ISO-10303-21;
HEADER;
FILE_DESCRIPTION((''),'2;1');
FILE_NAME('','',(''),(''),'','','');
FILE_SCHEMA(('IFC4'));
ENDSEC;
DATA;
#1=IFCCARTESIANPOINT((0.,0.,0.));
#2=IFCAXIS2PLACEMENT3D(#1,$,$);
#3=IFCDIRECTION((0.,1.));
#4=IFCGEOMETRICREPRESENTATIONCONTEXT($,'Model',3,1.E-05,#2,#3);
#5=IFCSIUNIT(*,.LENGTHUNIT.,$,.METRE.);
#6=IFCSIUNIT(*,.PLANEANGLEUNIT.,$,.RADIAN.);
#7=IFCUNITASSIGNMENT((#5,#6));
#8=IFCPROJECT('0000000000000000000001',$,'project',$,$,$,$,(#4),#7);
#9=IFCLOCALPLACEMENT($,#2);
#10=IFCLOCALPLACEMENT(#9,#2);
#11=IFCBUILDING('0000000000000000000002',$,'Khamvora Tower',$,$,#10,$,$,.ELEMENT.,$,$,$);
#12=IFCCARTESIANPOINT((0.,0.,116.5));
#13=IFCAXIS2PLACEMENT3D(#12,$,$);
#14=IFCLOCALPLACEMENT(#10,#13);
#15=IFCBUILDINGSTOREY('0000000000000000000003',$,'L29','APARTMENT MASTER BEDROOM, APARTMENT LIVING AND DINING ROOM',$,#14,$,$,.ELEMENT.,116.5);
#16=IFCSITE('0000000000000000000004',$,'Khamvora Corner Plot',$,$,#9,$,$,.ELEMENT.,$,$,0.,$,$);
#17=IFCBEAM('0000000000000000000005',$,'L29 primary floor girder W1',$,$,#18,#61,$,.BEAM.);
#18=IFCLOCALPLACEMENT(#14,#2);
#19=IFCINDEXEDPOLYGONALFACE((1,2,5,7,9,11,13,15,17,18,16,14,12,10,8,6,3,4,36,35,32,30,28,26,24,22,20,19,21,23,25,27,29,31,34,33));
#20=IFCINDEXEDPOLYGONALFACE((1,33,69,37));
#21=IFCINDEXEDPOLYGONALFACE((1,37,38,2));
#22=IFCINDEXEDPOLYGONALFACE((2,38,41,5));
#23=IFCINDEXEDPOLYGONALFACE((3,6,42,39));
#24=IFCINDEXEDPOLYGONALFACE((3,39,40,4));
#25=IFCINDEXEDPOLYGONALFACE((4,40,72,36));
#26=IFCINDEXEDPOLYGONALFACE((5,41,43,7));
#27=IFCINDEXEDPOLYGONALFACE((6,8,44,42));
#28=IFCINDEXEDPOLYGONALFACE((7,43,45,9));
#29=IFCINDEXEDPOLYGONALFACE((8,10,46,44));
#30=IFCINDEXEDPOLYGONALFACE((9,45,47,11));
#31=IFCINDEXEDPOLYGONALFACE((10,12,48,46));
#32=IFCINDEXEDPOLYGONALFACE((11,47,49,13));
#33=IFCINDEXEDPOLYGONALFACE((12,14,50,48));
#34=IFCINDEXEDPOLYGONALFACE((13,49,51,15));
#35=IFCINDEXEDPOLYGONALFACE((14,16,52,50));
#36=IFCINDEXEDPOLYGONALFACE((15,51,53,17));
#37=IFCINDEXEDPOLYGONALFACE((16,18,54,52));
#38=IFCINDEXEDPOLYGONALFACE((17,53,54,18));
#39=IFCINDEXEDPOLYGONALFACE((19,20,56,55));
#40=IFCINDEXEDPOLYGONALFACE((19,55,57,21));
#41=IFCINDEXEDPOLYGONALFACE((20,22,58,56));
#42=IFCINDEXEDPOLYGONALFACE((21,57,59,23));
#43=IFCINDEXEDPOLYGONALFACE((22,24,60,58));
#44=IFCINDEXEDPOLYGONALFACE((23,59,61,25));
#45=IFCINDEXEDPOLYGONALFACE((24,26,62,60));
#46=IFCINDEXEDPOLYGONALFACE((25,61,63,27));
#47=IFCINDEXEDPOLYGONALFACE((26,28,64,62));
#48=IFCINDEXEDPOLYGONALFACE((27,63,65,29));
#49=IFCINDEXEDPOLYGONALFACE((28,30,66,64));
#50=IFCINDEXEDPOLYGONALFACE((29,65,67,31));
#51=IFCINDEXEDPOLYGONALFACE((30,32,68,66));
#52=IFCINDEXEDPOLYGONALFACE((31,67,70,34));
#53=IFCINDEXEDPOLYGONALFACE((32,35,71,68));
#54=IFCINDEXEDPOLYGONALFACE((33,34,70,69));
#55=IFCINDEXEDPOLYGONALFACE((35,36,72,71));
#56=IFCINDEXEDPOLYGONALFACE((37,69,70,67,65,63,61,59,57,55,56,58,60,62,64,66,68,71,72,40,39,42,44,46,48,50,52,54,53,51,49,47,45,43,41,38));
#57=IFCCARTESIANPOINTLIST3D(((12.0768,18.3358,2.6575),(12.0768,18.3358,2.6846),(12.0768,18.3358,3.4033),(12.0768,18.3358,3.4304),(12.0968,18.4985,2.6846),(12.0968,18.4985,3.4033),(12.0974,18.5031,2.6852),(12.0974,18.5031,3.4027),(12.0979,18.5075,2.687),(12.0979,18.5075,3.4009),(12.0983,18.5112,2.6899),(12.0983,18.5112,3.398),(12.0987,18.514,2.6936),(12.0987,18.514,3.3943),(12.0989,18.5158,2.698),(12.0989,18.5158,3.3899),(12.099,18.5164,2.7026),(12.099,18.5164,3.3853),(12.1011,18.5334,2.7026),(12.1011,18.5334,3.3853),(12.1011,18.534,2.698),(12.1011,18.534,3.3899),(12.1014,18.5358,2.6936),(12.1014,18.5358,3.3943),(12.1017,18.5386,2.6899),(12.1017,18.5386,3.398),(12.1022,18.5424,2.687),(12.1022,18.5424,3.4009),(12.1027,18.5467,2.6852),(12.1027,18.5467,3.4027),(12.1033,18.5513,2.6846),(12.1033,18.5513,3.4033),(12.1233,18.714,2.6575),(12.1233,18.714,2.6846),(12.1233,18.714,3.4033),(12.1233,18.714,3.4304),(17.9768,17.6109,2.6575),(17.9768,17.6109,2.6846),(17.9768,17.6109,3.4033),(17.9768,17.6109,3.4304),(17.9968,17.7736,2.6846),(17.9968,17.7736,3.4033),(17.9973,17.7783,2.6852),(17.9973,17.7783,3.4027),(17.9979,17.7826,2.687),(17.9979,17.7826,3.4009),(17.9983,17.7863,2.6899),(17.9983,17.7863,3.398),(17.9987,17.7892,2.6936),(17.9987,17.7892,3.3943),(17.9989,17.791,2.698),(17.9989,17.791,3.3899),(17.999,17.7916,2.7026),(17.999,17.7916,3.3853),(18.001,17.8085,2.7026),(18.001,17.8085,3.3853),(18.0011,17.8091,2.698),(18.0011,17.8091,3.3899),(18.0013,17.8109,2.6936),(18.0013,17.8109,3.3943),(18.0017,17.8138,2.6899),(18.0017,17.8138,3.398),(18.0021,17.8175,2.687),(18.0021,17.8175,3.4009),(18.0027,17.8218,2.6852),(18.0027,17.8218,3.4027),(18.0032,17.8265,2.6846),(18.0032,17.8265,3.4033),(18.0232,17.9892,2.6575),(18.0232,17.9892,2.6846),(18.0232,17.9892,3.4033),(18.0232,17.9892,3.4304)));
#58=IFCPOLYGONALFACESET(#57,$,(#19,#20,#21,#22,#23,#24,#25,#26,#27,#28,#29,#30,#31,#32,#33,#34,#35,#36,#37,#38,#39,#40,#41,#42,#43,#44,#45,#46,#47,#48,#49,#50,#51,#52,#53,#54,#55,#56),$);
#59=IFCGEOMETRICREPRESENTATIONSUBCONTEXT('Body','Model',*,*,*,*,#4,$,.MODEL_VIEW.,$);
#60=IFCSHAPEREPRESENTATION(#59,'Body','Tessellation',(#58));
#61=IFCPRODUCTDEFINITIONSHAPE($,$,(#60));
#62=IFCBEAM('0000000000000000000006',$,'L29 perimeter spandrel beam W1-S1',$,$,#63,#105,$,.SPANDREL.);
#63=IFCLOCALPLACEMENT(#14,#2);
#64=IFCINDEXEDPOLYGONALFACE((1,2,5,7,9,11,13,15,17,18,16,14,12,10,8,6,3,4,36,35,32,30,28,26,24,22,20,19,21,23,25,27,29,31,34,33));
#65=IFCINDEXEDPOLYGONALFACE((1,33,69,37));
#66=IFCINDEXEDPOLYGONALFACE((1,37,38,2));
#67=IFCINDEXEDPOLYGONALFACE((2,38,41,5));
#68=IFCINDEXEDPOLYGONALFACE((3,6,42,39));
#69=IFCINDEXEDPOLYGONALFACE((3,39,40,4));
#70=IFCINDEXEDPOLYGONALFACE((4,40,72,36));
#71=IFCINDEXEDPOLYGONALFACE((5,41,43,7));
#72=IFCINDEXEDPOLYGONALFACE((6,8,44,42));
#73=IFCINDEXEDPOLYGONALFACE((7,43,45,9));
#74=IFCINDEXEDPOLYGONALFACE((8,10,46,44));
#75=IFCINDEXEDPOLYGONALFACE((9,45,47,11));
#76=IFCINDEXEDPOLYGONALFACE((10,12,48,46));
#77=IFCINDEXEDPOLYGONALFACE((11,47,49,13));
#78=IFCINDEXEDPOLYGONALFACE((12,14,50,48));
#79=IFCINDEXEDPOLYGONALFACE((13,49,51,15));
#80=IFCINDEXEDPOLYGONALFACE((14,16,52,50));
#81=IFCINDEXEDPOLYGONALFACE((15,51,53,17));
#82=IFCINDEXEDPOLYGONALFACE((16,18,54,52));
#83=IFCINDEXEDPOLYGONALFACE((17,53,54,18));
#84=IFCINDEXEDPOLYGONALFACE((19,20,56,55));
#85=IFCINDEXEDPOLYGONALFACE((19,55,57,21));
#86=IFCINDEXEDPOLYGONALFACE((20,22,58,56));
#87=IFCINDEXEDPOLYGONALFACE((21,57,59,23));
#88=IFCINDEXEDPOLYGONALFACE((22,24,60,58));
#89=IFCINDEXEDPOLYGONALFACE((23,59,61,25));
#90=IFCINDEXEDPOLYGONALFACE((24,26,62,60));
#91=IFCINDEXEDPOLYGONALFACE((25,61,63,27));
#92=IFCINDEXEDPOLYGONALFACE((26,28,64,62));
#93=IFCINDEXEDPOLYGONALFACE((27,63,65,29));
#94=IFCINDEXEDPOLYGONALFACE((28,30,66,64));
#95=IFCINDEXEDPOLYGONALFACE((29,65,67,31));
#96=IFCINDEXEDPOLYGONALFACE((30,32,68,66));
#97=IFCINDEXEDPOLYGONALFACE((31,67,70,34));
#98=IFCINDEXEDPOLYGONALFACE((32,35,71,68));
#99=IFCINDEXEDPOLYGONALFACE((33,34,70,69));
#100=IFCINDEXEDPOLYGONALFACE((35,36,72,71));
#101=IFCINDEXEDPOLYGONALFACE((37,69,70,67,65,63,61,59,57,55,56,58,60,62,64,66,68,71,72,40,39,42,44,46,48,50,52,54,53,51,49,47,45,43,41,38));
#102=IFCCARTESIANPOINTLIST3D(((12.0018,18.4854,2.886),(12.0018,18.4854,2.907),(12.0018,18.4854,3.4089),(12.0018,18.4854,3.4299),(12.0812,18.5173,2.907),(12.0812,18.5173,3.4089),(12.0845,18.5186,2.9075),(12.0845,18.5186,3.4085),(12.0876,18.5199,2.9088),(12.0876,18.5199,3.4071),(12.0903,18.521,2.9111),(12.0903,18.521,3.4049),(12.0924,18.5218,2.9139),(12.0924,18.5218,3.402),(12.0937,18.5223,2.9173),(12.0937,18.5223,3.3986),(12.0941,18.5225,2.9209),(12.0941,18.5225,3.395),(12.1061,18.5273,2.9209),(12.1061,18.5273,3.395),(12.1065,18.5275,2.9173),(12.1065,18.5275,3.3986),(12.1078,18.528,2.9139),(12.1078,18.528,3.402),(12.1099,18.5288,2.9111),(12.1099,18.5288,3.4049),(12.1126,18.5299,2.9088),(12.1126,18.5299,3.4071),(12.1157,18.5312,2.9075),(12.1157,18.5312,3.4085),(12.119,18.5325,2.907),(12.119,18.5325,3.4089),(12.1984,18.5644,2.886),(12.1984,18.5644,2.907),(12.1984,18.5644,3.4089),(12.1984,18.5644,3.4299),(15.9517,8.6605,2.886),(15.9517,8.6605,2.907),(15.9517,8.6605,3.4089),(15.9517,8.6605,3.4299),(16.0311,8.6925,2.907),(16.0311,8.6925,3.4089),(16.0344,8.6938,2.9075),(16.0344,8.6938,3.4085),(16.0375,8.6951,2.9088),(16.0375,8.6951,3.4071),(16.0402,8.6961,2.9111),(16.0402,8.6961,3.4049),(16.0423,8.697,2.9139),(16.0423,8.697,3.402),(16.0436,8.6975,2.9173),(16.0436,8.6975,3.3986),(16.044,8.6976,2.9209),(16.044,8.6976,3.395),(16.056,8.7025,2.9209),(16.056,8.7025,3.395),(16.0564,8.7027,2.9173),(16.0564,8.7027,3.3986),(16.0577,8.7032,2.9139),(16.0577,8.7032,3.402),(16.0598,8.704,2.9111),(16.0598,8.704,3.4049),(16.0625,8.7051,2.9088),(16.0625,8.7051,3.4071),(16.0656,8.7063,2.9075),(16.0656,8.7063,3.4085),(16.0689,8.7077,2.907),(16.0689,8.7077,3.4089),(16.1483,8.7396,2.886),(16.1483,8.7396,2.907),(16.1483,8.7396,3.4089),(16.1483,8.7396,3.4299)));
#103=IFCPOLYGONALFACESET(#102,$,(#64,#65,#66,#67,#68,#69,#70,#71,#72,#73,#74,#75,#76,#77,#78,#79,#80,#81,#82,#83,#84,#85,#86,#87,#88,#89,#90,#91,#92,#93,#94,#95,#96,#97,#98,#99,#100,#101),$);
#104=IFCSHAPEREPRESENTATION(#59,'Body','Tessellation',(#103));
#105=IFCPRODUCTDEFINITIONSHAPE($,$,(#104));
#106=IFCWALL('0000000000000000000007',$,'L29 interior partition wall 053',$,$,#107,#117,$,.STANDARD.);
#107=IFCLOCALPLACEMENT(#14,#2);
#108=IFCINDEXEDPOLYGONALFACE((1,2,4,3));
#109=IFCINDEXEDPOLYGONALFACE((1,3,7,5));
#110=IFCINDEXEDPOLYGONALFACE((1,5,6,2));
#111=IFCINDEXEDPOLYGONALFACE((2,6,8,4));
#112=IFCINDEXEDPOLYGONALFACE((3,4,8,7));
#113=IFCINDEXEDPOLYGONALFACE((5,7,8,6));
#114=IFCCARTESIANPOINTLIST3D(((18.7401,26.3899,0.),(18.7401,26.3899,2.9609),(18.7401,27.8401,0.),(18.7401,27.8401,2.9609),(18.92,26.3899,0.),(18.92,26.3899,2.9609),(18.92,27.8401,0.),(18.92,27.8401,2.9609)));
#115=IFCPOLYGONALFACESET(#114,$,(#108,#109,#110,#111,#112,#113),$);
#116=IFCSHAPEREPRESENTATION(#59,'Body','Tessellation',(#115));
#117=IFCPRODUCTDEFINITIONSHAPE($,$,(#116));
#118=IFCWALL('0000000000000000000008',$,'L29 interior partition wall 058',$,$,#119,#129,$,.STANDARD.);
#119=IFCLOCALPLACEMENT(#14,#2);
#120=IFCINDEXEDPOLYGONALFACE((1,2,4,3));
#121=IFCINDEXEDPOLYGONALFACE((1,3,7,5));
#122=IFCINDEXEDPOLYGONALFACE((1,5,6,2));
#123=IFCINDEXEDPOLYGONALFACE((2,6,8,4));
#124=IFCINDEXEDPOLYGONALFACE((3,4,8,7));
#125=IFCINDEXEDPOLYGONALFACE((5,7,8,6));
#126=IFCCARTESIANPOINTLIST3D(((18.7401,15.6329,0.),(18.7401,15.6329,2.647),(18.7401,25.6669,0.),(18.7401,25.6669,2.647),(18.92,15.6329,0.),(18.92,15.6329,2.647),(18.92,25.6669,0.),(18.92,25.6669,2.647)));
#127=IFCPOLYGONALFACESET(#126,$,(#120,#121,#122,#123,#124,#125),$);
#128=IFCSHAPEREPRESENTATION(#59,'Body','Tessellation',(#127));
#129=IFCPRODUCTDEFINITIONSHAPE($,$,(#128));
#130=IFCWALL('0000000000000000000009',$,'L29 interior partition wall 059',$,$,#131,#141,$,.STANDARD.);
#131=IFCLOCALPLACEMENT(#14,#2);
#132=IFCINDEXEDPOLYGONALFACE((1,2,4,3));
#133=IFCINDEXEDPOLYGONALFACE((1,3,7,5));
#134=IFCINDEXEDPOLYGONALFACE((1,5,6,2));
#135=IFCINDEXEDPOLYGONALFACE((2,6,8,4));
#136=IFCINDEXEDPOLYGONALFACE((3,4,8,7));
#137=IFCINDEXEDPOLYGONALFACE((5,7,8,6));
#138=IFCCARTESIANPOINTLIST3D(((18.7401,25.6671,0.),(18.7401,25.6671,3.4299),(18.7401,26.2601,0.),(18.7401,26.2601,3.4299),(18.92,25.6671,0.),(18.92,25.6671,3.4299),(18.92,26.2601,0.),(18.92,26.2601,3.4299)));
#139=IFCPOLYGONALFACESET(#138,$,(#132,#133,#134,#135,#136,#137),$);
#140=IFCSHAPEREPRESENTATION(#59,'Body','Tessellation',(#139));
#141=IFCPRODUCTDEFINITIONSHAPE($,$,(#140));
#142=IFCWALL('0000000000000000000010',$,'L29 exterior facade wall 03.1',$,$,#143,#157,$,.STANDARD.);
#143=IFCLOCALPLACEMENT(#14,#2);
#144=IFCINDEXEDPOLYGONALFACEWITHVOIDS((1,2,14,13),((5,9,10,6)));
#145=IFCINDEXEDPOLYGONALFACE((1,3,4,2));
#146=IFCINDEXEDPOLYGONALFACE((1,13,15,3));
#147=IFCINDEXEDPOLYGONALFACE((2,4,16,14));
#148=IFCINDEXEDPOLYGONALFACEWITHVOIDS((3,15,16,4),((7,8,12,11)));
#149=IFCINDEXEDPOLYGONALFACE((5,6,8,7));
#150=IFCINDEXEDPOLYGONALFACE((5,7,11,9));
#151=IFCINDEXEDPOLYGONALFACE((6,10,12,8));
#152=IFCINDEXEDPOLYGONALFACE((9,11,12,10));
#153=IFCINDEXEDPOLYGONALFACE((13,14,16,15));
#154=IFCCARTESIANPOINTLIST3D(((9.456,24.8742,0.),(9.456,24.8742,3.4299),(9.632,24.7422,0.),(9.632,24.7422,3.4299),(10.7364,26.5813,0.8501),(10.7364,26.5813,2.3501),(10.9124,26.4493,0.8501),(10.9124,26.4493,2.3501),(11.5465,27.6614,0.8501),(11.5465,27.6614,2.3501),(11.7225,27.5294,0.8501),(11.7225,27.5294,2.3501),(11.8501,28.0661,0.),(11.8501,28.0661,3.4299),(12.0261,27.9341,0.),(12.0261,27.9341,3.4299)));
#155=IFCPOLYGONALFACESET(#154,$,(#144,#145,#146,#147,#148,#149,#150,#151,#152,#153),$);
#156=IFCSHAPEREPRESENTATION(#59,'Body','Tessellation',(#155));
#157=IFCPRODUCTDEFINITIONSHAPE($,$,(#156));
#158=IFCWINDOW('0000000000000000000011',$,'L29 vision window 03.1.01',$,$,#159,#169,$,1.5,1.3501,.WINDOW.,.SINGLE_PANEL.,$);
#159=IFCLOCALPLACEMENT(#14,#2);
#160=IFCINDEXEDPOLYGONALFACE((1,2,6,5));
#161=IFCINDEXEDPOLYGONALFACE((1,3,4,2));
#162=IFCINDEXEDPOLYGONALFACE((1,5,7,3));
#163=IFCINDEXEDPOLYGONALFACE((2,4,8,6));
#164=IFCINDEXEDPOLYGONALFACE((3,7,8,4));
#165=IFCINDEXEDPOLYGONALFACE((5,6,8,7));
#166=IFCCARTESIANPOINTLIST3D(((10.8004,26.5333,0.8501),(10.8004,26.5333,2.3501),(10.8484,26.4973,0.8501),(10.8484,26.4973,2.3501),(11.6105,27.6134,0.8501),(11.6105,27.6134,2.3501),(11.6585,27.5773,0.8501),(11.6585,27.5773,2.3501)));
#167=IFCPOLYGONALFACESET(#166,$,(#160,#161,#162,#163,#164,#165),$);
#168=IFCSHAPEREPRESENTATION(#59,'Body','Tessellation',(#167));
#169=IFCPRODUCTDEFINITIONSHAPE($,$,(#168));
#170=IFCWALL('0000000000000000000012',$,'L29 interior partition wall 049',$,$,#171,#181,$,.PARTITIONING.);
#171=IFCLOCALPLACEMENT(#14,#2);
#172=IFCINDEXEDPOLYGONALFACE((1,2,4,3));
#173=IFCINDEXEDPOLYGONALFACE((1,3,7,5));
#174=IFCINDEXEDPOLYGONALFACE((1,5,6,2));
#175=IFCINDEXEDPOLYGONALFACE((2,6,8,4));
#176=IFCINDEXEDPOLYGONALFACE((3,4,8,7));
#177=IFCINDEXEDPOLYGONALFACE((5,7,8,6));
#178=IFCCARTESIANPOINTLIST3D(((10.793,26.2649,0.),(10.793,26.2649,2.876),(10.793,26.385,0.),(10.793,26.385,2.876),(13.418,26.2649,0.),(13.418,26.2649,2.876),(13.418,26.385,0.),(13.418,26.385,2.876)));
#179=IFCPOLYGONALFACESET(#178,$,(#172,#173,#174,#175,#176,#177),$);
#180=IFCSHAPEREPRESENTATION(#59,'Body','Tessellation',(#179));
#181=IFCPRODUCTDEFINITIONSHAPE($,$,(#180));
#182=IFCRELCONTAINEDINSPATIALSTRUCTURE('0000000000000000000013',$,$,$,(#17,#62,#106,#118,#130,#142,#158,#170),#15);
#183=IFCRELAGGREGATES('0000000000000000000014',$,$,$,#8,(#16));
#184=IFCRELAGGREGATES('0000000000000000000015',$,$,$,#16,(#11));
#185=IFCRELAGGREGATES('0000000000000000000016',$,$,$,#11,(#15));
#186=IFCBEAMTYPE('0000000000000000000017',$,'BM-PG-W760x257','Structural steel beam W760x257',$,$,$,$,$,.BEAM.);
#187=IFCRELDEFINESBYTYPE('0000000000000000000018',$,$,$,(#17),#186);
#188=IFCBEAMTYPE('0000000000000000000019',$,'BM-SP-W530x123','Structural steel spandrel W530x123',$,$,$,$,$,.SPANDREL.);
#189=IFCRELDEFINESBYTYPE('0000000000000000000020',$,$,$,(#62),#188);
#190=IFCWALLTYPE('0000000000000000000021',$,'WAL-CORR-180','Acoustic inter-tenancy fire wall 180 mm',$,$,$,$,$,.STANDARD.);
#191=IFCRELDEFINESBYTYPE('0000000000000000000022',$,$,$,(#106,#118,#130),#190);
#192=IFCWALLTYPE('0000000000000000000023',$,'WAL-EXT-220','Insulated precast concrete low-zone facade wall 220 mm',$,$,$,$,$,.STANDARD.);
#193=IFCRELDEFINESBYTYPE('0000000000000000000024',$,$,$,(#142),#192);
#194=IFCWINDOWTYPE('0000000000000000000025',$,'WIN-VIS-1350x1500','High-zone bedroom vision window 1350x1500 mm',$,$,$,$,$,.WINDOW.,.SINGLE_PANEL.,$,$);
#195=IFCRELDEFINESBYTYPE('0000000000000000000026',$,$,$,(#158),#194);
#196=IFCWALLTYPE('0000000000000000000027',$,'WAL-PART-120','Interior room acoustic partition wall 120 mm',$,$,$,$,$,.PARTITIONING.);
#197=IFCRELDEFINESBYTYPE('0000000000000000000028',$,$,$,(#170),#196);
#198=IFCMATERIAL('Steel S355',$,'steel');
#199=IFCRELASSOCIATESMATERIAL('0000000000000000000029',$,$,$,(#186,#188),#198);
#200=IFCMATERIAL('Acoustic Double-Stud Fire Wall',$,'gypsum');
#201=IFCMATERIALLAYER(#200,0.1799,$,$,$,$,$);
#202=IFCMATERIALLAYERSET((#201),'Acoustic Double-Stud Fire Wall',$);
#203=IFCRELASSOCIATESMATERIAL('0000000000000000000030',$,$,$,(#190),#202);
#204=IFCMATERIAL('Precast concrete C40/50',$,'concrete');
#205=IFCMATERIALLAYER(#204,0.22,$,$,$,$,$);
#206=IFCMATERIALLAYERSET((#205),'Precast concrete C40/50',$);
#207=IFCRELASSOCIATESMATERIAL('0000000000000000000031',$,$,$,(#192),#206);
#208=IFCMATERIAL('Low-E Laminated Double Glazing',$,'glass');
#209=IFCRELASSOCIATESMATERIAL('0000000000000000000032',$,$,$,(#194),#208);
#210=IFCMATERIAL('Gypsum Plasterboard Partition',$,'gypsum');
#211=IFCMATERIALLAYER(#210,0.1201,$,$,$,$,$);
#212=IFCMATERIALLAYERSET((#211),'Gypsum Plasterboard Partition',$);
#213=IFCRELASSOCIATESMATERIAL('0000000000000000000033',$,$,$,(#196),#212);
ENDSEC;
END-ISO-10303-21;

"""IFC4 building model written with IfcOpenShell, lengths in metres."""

from ifc_helpers import new_model, si_unit, direction, frame, frame_2d, origin, origin_2d, place, context, subcontext, project, spatial, rectangle, i_section, extrude, material, layer, layer_set, material_profile, profile_set, type_object, element, fill, save


model = new_model("IFC4")

# Units and contexts
model_context = context("Model", 3, precision=1e-05, world=origin(), true_north=direction((0.0, 1.0)))
body_context = subcontext(model_context, "Body", "Model", "MODEL_VIEW")
ifc_project = project(units=[si_unit("LENGTHUNIT", "METRE"), si_unit("PLANEANGLEUNIT", "RADIAN")], contexts=[model_context])

# Site, building, storey
site_placement = place(None, origin())
site = spatial("IfcSite", under=ifc_project, at=site_placement, Name="Khamvora Corner Plot", CompositionType="ELEMENT", RefElevation=0.0)
building_placement = place(site_placement, origin())
building = spatial("IfcBuilding", under=site, at=building_placement, Name="Khamvora Tower", CompositionType="ELEMENT")
storey_placement = place(building_placement, frame((0.0, 0.0, 116.5)))
storey = spatial("IfcBuildingStorey", under=building, at=storey_placement, Name="L29", Description="APARTMENT MASTER BEDROOM, APARTMENT LIVING AND DINING ROOM", CompositionType="ELEMENT", Elevation=116.5)

# Shared definitions
ifc_material_1 = material(Name="Steel S355", Category="steel")

# Beams
ifc_material_profile_1 = material_profile(ifc_material_1, i_section(OverallWidth=0.3811, OverallDepth=0.7729, WebThickness=0.0171, FlangeThickness=0.0271, FilletRadius=0.0181, at=origin_2d()), Name="W760x257")
ifc_profile_set_1 = profile_set([ifc_material_profile_1], Name="Steel S355")
beam_type_1 = type_object("IfcBeamType", Name="BM-PG-W760x257", Description="Structural steel beam W760x257", PredefinedType="BEAM", material=ifc_profile_set_1)
beam_1_placement = place(storey_placement, frame((18.0, 17.8, 3.0439), z_axis=(-0.992537, 0.121942, 0.0), x_axis=(-0.121942, -0.992537, 0.0)))
element("IfcBeam", 1, at=beam_1_placement, inside=storey, type_object=beam_type_1, Name="L29 primary floor girder W1", PredefinedType="BEAM", context=body_context, shape_type="SweptSolid", body=[
    extrude(i_section(OverallWidth=0.3811, OverallDepth=0.7729, WebThickness=0.0171, FlangeThickness=0.0271, FilletRadius=0.0181, at=origin_2d()), origin(), (0.0, 0.0, 1.0), 5.9443),
])
ifc_material_profile_2 = material_profile(ifc_material_1, i_section(OverallWidth=0.2119, OverallDepth=0.5439, WebThickness=0.0129, FlangeThickness=0.021, FilletRadius=0.0139, at=origin_2d()), Name="W530x123")
ifc_profile_set_2 = profile_set([ifc_material_profile_2], Name="Steel S355")
beam_type_2 = type_object("IfcBeamType", Name="BM-SP-W530x123", Description="Structural steel spandrel W530x123", PredefinedType="SPANDREL", material=ifc_profile_set_2)
beam_2_placement = place(storey_placement, frame((12.1001, 18.5249, 3.158), z_axis=(0.373016, -0.927825, 0.0), x_axis=(0.927825, 0.373016, 0.0)))
element("IfcBeam", 2, at=beam_2_placement, inside=storey, type_object=beam_type_2, Name="L29 perimeter spandrel beam W1-S1", PredefinedType="SPANDREL", context=body_context, shape_type="SweptSolid", body=[
    extrude(i_section(OverallWidth=0.2119, OverallDepth=0.5439, WebThickness=0.0129, FlangeThickness=0.021, FilletRadius=0.0139, at=origin_2d()), origin(), (0.0, 0.0, 1.0), 10.5891),
])

# Walls
ifc_material_2 = material(Name="Acoustic Double-Stud Fire Wall", Category="gypsum")
ifc_layer_1 = layer(ifc_material_2, 0.1799)
ifc_layer_set_1 = layer_set([ifc_layer_1], Name="Acoustic Double-Stud Fire Wall")
wall_type_1 = type_object("IfcWallType", Name="WAL-CORR-180", Description="Acoustic inter-tenancy fire wall 180 mm", PredefinedType="STANDARD", material=ifc_layer_set_1)
wall_1_placement = place(storey_placement, frame((18.8301, 27.8401, 0.0), z_axis=(0.0, 0.0, 1.0), x_axis=(0.0, -1.0, 0.0)))
element("IfcWall", 3, at=wall_1_placement, inside=storey, type_object=wall_type_1, Name="L29 interior partition wall 053", PredefinedType="STANDARD", context=body_context, shape_type="SweptSolid", body=[
    extrude(rectangle(XDim=1.4502, YDim=0.1799, at=frame_2d((0.7251, 0.0))), origin(), (0.0, 0.0, 1.0), 2.9609),
])
wall_2_placement = place(storey_placement, frame((18.8301, 25.667, 0.0), z_axis=(0.0, 0.0, 1.0), x_axis=(0.0, -1.0, 0.0)))
element("IfcWall", 4, at=wall_2_placement, inside=storey, type_object=wall_type_1, Name="L29 interior partition wall 058", PredefinedType="STANDARD", context=body_context, shape_type="SweptSolid", body=[
    extrude(rectangle(XDim=10.0339, YDim=0.1799, at=frame_2d((5.0171, 0.0))), origin(), (0.0, 0.0, 1.0), 2.647),
])
wall_3_placement = place(storey_placement, frame((18.8301, 26.26, 0.0), z_axis=(0.0, 0.0, 1.0), x_axis=(0.0, -1.0, 0.0)))
element("IfcWall", 5, at=wall_3_placement, inside=storey, type_object=wall_type_1, Name="L29 interior partition wall 059", PredefinedType="STANDARD", context=body_context, shape_type="SweptSolid", body=[
    extrude(rectangle(XDim=0.593, YDim=0.1799, at=frame_2d((0.2964, 0.0))), origin(), (0.0, 0.0, 1.0), 3.4299),
])

# Wall, opening, window
ifc_material_3 = material(Name="Precast concrete C40/50", Category="concrete")
ifc_layer_2 = layer(ifc_material_3, 0.22)
ifc_layer_set_2 = layer_set([ifc_layer_2], Name="Precast concrete C40/50")
wall_type_2 = type_object("IfcWallType", Name="WAL-EXT-220", Description="Insulated precast concrete low-zone facade wall 220 mm", PredefinedType="STANDARD", material=ifc_layer_set_2)
wall_4_placement = place(storey_placement, frame((9.5439, 24.8081, 0.0), z_axis=(0.0, 0.0, 1.0), x_axis=(0.60002, 0.799985, 0.0)))
wall_4 = element("IfcWall", 6, at=wall_4_placement, inside=storey, type_object=wall_type_2, Name="L29 exterior facade wall 03.1", PredefinedType="STANDARD", context=body_context, shape_type="SweptSolid", body=[
    extrude(rectangle(XDim=3.99, YDim=0.22, at=frame_2d((1.9951, 0.0))), origin(), (0.0, 0.0, 1.0), 3.4299),
])
opening_1_placement = place(wall_4_placement, frame((2.134, 0.0, 0.8501)))
opening_1 = element("IfcOpeningElement", 7, at=opening_1_placement, cuts=wall_4, PredefinedType="OPENING", context=body_context, shape_type="SweptSolid", body=[
    extrude(rectangle(XDim=1.3501, YDim=1.5, at=frame_2d((0.675, 0.75))), frame((0.0, 0.1199, 0.0), z_axis=(0.0, -1.0, 0.0), x_axis=(1.0, 0.0, 0.0)), (0.0, 0.0, 1.0), 0.24),
])
ifc_material_4 = material(Name="Low-E Laminated Double Glazing", Category="glass")
window_type = type_object("IfcWindowType", Name="WIN-VIS-1350x1500", Description="High-zone bedroom vision window 1350x1500 mm", PartitioningType="SINGLE_PANEL", PredefinedType="WINDOW", material=ifc_material_4)
window_placement = place(opening_1_placement, origin())
window = element("IfcWindow", 8, at=window_placement, inside=storey, type_object=window_type, Name="L29 vision window 03.1.01", OverallHeight=1.5, OverallWidth=1.3501, PartitioningType="SINGLE_PANEL", PredefinedType="WINDOW", context=body_context, shape_type="SweptSolid", body=[
    extrude(rectangle(XDim=1.3501, YDim=1.5, at=frame_2d((0.675, 0.75))), frame((0.0, 0.03, 0.0), z_axis=(0.0, -1.0, 0.0), x_axis=(1.0, 0.0, 0.0)), (0.0, 0.0, 1.0), 0.0601),
])
fill(opening_1, window)

# Wall
ifc_material_5 = material(Name="Gypsum Plasterboard Partition", Category="gypsum")
ifc_layer_3 = layer(ifc_material_5, 0.1201)
ifc_layer_set_3 = layer_set([ifc_layer_3], Name="Gypsum Plasterboard Partition")
wall_type_3 = type_object("IfcWallType", Name="WAL-PART-120", Description="Interior room acoustic partition wall 120 mm", PredefinedType="PARTITIONING", material=ifc_layer_set_3)
wall_5_placement = place(storey_placement, frame((13.418, 26.325, 0.0), z_axis=(0.0, 0.0, 1.0), x_axis=(-1.0, 0.0, 0.0)))
element("IfcWall", 9, at=wall_5_placement, inside=storey, type_object=wall_type_3, Name="L29 interior partition wall 049", PredefinedType="PARTITIONING", context=body_context, shape_type="SweptSolid", body=[
    extrude(rectangle(XDim=2.625, YDim=0.1201, at=frame_2d((1.3125, 0.0))), origin(), (0.0, 0.0, 1.0), 2.876),
])

save(model, "model.ifc")
